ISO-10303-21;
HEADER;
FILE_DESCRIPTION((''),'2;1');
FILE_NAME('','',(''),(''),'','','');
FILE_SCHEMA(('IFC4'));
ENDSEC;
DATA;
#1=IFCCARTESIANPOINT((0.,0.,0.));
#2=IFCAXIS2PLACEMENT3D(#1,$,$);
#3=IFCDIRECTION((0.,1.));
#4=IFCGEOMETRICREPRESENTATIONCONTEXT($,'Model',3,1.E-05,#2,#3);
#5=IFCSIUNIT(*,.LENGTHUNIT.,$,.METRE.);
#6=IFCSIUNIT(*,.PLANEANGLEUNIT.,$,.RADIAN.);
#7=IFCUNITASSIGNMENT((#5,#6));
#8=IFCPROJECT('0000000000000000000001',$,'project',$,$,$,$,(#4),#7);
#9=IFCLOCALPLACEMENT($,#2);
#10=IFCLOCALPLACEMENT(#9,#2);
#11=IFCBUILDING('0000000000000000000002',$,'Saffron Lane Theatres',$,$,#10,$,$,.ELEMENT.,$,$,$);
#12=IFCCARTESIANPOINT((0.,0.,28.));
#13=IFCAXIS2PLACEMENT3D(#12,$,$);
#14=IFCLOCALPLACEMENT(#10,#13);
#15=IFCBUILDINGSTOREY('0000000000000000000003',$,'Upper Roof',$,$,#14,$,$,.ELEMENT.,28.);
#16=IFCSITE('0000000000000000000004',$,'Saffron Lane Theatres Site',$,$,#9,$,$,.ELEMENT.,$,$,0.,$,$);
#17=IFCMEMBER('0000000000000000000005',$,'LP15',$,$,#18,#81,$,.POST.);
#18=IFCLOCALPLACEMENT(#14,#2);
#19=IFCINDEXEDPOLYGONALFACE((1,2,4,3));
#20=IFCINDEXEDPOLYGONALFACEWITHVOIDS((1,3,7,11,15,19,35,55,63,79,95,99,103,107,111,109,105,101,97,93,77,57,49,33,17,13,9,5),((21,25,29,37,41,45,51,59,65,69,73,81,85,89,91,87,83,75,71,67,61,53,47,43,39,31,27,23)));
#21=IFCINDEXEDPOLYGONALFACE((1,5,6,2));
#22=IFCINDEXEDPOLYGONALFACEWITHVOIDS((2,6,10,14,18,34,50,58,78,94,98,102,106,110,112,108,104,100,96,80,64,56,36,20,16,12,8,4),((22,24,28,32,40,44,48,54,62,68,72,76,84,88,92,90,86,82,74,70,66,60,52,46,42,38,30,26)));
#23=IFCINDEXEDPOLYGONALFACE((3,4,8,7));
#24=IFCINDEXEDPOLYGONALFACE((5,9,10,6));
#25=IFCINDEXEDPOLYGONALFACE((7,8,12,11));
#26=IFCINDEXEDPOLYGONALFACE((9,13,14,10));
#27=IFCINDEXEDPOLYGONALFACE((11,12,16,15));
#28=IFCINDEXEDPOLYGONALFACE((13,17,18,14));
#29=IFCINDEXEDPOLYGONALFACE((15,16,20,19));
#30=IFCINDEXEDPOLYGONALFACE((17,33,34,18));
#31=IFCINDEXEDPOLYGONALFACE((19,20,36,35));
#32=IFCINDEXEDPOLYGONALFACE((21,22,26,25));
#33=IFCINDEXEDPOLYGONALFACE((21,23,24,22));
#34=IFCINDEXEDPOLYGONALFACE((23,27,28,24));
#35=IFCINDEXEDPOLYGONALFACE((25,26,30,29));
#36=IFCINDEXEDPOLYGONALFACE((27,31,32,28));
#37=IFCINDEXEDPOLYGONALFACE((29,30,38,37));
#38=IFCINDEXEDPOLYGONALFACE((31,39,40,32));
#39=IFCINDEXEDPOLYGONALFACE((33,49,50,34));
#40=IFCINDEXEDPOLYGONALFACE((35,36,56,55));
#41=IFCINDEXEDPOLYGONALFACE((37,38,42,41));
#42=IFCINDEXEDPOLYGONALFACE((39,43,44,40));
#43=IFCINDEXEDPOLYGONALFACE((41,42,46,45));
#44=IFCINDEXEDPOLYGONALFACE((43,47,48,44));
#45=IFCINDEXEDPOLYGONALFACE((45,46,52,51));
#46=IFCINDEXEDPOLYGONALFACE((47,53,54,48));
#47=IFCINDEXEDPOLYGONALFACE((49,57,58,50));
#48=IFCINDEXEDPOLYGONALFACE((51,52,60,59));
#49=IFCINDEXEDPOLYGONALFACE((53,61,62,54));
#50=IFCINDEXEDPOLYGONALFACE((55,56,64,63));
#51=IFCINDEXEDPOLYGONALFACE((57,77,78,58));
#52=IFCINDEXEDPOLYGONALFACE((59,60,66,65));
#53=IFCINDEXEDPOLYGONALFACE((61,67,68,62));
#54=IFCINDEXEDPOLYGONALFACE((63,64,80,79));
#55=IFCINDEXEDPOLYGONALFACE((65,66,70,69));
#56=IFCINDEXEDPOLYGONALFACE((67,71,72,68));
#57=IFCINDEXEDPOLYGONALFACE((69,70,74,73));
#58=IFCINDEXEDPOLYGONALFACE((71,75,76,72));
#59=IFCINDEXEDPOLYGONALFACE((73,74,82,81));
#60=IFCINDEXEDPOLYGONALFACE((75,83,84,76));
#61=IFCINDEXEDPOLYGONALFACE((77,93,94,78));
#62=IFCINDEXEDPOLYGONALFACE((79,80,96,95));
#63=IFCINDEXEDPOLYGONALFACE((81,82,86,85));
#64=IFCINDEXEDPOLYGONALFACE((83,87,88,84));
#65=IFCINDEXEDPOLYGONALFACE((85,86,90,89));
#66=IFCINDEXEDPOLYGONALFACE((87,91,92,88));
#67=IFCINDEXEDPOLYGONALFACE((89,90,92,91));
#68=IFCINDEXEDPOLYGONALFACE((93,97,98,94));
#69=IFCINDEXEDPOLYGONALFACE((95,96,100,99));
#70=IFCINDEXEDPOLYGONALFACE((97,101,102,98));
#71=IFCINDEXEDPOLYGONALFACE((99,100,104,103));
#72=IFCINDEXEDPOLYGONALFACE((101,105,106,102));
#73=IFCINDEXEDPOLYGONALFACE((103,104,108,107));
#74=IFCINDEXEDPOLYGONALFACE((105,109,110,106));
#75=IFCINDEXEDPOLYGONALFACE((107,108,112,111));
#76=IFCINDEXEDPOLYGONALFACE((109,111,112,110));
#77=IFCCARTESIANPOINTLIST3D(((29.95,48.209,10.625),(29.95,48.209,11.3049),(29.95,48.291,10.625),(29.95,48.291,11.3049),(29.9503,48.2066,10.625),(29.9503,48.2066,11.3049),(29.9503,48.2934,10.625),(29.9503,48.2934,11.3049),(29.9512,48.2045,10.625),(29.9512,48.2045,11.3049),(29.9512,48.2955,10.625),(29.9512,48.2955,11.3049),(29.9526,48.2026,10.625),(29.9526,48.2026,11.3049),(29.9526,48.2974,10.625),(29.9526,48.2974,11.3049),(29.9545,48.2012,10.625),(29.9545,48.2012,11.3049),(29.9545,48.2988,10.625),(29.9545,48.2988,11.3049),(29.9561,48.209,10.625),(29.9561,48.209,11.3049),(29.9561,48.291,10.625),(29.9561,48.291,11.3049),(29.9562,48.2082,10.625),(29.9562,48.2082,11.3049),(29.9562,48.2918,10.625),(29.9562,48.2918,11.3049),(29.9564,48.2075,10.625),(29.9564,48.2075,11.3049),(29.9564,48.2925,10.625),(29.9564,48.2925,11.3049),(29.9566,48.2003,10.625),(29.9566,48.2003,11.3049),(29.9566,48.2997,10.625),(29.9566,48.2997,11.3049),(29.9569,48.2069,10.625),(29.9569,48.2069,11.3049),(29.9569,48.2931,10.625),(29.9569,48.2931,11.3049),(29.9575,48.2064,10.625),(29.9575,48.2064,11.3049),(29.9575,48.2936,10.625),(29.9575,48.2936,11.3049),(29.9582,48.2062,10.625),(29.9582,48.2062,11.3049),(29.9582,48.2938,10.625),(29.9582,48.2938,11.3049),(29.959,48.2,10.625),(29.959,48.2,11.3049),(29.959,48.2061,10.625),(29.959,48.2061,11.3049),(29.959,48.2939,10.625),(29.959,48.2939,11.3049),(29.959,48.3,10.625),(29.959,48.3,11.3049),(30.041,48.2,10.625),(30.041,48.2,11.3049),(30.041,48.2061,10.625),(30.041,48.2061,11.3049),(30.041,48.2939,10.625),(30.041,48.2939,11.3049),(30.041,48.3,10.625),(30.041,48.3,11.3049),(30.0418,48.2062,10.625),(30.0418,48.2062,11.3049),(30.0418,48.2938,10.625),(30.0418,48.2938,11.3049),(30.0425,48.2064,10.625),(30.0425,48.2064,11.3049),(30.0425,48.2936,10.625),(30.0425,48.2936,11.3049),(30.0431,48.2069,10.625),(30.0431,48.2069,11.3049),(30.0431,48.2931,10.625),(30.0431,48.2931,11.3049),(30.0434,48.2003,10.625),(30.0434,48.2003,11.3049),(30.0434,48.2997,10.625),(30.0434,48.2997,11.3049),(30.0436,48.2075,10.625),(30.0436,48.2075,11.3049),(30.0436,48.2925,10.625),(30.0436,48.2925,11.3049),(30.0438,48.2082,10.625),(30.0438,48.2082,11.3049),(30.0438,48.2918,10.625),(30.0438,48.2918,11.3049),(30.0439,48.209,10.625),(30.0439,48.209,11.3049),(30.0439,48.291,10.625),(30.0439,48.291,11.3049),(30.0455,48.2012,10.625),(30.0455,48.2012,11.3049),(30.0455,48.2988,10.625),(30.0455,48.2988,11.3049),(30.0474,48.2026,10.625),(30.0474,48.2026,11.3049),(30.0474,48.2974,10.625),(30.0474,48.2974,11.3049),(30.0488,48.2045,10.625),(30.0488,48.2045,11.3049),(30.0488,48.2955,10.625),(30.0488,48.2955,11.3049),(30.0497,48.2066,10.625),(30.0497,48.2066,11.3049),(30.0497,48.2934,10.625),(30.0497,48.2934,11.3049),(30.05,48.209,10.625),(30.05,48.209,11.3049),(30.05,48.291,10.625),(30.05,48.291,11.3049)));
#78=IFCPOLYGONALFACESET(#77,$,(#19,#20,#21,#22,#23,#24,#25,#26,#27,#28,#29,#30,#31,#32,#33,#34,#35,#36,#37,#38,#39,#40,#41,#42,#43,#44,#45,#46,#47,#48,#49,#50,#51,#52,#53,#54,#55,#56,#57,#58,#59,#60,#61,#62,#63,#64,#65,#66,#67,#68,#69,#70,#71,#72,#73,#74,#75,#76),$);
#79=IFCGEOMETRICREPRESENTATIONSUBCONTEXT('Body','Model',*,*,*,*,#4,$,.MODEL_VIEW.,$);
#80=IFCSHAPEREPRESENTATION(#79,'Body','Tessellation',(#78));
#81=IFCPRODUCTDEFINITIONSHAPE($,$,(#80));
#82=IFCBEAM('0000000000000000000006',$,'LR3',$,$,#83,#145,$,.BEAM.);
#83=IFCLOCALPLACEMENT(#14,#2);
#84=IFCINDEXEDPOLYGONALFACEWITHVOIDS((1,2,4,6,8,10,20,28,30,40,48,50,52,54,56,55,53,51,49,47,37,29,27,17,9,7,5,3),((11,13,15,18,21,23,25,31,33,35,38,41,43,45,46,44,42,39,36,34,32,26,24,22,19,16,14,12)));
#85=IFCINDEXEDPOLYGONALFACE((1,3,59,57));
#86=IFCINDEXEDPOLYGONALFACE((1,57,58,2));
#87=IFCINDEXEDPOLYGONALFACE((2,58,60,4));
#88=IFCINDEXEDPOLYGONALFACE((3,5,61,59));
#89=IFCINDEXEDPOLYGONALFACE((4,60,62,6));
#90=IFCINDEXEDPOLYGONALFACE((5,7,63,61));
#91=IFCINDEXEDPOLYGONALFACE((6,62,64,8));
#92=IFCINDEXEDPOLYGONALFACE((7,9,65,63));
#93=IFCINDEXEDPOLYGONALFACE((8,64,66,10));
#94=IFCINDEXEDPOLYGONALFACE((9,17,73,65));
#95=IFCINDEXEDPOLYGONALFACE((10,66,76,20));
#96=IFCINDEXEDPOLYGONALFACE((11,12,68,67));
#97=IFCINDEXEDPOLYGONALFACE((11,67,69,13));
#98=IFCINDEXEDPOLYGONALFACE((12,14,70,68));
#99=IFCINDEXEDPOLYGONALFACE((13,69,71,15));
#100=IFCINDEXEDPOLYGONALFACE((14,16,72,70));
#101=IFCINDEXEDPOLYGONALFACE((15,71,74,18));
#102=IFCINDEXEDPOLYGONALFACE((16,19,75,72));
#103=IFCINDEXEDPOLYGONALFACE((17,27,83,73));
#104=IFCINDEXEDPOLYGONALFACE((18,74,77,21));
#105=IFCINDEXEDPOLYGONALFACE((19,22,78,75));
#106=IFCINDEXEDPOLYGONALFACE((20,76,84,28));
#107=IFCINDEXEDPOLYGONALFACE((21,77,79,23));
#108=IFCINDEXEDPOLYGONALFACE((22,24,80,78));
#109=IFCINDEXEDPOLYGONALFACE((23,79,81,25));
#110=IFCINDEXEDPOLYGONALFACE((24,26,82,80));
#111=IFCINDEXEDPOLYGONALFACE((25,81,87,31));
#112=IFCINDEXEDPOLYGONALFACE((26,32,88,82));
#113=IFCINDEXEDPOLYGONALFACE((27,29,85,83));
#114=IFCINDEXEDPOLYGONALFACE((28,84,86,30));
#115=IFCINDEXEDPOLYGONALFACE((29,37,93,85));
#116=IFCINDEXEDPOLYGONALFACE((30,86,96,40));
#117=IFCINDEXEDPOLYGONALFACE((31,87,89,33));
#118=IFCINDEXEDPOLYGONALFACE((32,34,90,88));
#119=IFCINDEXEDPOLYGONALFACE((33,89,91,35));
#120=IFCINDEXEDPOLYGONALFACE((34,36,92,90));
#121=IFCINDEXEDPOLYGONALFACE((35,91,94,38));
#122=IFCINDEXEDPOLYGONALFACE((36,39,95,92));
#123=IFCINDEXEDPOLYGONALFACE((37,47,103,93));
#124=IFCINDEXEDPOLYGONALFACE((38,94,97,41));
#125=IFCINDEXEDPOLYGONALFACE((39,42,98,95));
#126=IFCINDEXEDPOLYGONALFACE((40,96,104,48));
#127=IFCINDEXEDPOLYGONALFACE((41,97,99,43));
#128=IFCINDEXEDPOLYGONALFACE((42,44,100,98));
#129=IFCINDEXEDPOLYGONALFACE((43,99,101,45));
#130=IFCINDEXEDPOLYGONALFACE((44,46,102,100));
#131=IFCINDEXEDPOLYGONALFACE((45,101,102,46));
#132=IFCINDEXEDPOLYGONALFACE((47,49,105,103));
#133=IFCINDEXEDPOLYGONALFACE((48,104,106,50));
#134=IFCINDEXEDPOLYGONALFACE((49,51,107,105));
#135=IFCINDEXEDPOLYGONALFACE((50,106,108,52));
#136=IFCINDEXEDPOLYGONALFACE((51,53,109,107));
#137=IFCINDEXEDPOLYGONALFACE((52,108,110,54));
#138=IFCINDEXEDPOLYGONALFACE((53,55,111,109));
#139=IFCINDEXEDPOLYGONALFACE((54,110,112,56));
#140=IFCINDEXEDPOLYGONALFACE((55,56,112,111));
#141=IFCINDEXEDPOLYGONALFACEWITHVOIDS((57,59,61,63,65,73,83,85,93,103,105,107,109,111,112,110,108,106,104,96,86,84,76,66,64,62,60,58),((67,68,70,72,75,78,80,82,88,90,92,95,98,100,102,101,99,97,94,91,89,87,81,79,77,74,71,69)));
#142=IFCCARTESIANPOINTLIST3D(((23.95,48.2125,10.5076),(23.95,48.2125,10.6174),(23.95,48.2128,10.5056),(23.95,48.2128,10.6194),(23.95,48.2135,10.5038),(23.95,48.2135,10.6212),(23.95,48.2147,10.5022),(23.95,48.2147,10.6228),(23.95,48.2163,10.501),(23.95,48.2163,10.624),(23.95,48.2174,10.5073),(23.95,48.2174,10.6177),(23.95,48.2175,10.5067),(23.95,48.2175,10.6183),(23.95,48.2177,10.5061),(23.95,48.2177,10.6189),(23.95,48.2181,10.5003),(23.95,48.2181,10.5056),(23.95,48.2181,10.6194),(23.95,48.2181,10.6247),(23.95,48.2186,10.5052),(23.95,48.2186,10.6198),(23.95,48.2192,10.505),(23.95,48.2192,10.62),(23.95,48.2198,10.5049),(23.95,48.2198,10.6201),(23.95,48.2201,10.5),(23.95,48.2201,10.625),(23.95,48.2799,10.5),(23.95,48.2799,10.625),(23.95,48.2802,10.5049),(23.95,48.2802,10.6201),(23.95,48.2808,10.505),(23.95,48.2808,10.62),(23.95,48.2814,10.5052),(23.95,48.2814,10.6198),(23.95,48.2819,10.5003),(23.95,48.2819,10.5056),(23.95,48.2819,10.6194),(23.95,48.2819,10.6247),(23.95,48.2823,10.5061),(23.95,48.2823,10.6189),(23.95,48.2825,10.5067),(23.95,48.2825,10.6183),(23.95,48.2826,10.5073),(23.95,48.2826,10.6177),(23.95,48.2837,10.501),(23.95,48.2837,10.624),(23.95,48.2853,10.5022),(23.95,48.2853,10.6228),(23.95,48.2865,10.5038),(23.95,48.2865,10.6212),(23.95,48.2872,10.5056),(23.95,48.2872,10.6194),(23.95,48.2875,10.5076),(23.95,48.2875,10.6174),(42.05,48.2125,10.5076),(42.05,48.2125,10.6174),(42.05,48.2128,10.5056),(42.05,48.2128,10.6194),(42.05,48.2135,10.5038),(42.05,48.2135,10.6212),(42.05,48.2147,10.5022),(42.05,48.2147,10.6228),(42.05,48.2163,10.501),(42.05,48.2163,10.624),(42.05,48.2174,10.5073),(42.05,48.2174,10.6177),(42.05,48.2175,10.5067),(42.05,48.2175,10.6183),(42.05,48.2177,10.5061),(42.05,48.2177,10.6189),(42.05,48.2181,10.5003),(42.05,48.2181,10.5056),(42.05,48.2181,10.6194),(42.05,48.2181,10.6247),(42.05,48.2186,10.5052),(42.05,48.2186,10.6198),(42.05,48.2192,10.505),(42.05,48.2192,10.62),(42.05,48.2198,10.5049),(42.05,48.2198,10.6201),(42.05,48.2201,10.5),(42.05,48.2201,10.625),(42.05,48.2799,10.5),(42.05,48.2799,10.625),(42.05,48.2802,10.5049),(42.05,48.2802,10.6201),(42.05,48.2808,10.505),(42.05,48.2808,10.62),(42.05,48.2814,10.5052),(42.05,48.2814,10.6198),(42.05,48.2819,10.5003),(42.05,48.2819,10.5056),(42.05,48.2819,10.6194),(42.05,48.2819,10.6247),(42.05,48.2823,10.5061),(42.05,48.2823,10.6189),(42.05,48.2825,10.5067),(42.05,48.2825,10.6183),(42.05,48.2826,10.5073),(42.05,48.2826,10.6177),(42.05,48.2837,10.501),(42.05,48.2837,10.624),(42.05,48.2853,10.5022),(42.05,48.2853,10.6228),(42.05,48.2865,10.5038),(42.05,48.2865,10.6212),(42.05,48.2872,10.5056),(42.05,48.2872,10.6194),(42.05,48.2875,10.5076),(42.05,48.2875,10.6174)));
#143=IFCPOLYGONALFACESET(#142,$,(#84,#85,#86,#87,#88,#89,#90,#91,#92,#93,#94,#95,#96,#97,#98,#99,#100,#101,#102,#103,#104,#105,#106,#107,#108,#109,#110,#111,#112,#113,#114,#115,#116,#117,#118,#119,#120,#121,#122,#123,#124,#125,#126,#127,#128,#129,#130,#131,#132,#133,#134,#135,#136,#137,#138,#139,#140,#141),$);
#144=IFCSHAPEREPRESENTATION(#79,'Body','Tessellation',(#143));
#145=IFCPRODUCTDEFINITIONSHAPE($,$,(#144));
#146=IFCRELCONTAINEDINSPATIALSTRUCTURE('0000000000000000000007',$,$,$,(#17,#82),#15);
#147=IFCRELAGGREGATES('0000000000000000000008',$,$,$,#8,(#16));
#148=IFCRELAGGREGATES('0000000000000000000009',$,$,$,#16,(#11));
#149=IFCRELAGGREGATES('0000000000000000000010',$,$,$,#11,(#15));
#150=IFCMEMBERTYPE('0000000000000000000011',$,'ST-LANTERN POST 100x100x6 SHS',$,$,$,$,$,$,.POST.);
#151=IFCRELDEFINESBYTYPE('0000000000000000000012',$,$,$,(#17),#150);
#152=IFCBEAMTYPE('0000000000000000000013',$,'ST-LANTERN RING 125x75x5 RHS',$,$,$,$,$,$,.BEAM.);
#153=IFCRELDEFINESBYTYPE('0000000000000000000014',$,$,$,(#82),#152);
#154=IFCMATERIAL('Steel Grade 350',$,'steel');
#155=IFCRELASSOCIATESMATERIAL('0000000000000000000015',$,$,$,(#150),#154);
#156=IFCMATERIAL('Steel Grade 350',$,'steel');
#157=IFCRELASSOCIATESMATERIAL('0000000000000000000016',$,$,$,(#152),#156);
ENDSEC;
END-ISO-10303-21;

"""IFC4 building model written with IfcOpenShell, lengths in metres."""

from ifc_helpers import new_model, si_unit, direction, frame, origin, origin_2d, place, context, subcontext, project, spatial, hollow_rectangle, extrude, material, material_profile, profile_set, type_object, element, save


model = new_model("IFC4")

# Units and contexts
model_context = context("Model", 3, precision=1e-05, world=origin(), true_north=direction((0.0, 1.0)))
body_context = subcontext(model_context, "Body", "Model", "MODEL_VIEW")
ifc_project = project(units=[si_unit("LENGTHUNIT", "METRE"), si_unit("PLANEANGLEUNIT", "RADIAN")], contexts=[model_context])

# Site, building, storey
site_placement = place(None, origin())
site = spatial("IfcSite", under=ifc_project, at=site_placement, Name="Saffron Lane Theatres Site", CompositionType="ELEMENT", RefElevation=0.0)
building_placement = place(site_placement, origin())
building = spatial("IfcBuilding", under=site, at=building_placement, Name="Saffron Lane Theatres", CompositionType="ELEMENT")
storey_placement = place(building_placement, frame((0.0, 0.0, 28.0)))
storey = spatial("IfcBuildingStorey", under=building, at=storey_placement, Name="Upper Roof", CompositionType="ELEMENT", Elevation=28.0)

# Member
ifc_material_1 = material(Name="Steel Grade 350", Category="steel")
ifc_material_profile_1 = material_profile(ifc_material_1, hollow_rectangle(XDim=0.1001, YDim=0.1001, WallThickness=0.0061, InnerFilletRadius=0.0029, OuterFilletRadius=0.009, at=origin_2d()))
ifc_profile_set_1 = profile_set([ifc_material_profile_1], Name="Steel Grade 350")
member_type_1 = type_object("IfcMemberType", Name="ST-LANTERN POST 100x100x6 SHS", PredefinedType="POST", material=ifc_profile_set_1)
member_placement = place(storey_placement, frame((30.0, 48.25, 10.625), z_axis=(0.0, 0.0, 1.0), x_axis=(1.0, 0.0, 0.0)))
element("IfcMember", 1, at=member_placement, inside=storey, type_object=member_type_1, Name="LP15", PredefinedType="POST", context=body_context, shape_type="SweptSolid", body=[
    extrude(hollow_rectangle(XDim=0.1001, YDim=0.1001, WallThickness=0.0061, InnerFilletRadius=0.0029, OuterFilletRadius=0.009, at=origin_2d()), origin(), (0.0, 0.0, 1.0), 0.6799),
])

# Beam
ifc_material_2 = material(Name="Steel Grade 350", Category="steel")
ifc_material_profile_2 = material_profile(ifc_material_2, hollow_rectangle(XDim=0.075, YDim=0.125, WallThickness=0.0049, InnerFilletRadius=0.0024, OuterFilletRadius=0.0076, at=origin_2d()))
ifc_profile_set_2 = profile_set([ifc_material_profile_2], Name="Steel Grade 350")
beam_type_1 = type_object("IfcBeamType", Name="ST-LANTERN RING 125x75x5 RHS", PredefinedType="BEAM", material=ifc_profile_set_2)
beam_1_placement = place(storey_placement, frame((23.95, 48.25, 10.5625), z_axis=(1.0, 0.0, 0.0), x_axis=(0.0, 1.0, 0.0)))
element("IfcBeam", 2, at=beam_1_placement, inside=storey, type_object=beam_type_1, Name="LR3", PredefinedType="BEAM", context=body_context, shape_type="SweptSolid", body=[
    extrude(hollow_rectangle(XDim=0.075, YDim=0.125, WallThickness=0.0049, InnerFilletRadius=0.0024, OuterFilletRadius=0.0076, at=origin_2d()), origin(), (0.0, 0.0, 1.0), 18.1001),
])

save(model, "model.ifc")
